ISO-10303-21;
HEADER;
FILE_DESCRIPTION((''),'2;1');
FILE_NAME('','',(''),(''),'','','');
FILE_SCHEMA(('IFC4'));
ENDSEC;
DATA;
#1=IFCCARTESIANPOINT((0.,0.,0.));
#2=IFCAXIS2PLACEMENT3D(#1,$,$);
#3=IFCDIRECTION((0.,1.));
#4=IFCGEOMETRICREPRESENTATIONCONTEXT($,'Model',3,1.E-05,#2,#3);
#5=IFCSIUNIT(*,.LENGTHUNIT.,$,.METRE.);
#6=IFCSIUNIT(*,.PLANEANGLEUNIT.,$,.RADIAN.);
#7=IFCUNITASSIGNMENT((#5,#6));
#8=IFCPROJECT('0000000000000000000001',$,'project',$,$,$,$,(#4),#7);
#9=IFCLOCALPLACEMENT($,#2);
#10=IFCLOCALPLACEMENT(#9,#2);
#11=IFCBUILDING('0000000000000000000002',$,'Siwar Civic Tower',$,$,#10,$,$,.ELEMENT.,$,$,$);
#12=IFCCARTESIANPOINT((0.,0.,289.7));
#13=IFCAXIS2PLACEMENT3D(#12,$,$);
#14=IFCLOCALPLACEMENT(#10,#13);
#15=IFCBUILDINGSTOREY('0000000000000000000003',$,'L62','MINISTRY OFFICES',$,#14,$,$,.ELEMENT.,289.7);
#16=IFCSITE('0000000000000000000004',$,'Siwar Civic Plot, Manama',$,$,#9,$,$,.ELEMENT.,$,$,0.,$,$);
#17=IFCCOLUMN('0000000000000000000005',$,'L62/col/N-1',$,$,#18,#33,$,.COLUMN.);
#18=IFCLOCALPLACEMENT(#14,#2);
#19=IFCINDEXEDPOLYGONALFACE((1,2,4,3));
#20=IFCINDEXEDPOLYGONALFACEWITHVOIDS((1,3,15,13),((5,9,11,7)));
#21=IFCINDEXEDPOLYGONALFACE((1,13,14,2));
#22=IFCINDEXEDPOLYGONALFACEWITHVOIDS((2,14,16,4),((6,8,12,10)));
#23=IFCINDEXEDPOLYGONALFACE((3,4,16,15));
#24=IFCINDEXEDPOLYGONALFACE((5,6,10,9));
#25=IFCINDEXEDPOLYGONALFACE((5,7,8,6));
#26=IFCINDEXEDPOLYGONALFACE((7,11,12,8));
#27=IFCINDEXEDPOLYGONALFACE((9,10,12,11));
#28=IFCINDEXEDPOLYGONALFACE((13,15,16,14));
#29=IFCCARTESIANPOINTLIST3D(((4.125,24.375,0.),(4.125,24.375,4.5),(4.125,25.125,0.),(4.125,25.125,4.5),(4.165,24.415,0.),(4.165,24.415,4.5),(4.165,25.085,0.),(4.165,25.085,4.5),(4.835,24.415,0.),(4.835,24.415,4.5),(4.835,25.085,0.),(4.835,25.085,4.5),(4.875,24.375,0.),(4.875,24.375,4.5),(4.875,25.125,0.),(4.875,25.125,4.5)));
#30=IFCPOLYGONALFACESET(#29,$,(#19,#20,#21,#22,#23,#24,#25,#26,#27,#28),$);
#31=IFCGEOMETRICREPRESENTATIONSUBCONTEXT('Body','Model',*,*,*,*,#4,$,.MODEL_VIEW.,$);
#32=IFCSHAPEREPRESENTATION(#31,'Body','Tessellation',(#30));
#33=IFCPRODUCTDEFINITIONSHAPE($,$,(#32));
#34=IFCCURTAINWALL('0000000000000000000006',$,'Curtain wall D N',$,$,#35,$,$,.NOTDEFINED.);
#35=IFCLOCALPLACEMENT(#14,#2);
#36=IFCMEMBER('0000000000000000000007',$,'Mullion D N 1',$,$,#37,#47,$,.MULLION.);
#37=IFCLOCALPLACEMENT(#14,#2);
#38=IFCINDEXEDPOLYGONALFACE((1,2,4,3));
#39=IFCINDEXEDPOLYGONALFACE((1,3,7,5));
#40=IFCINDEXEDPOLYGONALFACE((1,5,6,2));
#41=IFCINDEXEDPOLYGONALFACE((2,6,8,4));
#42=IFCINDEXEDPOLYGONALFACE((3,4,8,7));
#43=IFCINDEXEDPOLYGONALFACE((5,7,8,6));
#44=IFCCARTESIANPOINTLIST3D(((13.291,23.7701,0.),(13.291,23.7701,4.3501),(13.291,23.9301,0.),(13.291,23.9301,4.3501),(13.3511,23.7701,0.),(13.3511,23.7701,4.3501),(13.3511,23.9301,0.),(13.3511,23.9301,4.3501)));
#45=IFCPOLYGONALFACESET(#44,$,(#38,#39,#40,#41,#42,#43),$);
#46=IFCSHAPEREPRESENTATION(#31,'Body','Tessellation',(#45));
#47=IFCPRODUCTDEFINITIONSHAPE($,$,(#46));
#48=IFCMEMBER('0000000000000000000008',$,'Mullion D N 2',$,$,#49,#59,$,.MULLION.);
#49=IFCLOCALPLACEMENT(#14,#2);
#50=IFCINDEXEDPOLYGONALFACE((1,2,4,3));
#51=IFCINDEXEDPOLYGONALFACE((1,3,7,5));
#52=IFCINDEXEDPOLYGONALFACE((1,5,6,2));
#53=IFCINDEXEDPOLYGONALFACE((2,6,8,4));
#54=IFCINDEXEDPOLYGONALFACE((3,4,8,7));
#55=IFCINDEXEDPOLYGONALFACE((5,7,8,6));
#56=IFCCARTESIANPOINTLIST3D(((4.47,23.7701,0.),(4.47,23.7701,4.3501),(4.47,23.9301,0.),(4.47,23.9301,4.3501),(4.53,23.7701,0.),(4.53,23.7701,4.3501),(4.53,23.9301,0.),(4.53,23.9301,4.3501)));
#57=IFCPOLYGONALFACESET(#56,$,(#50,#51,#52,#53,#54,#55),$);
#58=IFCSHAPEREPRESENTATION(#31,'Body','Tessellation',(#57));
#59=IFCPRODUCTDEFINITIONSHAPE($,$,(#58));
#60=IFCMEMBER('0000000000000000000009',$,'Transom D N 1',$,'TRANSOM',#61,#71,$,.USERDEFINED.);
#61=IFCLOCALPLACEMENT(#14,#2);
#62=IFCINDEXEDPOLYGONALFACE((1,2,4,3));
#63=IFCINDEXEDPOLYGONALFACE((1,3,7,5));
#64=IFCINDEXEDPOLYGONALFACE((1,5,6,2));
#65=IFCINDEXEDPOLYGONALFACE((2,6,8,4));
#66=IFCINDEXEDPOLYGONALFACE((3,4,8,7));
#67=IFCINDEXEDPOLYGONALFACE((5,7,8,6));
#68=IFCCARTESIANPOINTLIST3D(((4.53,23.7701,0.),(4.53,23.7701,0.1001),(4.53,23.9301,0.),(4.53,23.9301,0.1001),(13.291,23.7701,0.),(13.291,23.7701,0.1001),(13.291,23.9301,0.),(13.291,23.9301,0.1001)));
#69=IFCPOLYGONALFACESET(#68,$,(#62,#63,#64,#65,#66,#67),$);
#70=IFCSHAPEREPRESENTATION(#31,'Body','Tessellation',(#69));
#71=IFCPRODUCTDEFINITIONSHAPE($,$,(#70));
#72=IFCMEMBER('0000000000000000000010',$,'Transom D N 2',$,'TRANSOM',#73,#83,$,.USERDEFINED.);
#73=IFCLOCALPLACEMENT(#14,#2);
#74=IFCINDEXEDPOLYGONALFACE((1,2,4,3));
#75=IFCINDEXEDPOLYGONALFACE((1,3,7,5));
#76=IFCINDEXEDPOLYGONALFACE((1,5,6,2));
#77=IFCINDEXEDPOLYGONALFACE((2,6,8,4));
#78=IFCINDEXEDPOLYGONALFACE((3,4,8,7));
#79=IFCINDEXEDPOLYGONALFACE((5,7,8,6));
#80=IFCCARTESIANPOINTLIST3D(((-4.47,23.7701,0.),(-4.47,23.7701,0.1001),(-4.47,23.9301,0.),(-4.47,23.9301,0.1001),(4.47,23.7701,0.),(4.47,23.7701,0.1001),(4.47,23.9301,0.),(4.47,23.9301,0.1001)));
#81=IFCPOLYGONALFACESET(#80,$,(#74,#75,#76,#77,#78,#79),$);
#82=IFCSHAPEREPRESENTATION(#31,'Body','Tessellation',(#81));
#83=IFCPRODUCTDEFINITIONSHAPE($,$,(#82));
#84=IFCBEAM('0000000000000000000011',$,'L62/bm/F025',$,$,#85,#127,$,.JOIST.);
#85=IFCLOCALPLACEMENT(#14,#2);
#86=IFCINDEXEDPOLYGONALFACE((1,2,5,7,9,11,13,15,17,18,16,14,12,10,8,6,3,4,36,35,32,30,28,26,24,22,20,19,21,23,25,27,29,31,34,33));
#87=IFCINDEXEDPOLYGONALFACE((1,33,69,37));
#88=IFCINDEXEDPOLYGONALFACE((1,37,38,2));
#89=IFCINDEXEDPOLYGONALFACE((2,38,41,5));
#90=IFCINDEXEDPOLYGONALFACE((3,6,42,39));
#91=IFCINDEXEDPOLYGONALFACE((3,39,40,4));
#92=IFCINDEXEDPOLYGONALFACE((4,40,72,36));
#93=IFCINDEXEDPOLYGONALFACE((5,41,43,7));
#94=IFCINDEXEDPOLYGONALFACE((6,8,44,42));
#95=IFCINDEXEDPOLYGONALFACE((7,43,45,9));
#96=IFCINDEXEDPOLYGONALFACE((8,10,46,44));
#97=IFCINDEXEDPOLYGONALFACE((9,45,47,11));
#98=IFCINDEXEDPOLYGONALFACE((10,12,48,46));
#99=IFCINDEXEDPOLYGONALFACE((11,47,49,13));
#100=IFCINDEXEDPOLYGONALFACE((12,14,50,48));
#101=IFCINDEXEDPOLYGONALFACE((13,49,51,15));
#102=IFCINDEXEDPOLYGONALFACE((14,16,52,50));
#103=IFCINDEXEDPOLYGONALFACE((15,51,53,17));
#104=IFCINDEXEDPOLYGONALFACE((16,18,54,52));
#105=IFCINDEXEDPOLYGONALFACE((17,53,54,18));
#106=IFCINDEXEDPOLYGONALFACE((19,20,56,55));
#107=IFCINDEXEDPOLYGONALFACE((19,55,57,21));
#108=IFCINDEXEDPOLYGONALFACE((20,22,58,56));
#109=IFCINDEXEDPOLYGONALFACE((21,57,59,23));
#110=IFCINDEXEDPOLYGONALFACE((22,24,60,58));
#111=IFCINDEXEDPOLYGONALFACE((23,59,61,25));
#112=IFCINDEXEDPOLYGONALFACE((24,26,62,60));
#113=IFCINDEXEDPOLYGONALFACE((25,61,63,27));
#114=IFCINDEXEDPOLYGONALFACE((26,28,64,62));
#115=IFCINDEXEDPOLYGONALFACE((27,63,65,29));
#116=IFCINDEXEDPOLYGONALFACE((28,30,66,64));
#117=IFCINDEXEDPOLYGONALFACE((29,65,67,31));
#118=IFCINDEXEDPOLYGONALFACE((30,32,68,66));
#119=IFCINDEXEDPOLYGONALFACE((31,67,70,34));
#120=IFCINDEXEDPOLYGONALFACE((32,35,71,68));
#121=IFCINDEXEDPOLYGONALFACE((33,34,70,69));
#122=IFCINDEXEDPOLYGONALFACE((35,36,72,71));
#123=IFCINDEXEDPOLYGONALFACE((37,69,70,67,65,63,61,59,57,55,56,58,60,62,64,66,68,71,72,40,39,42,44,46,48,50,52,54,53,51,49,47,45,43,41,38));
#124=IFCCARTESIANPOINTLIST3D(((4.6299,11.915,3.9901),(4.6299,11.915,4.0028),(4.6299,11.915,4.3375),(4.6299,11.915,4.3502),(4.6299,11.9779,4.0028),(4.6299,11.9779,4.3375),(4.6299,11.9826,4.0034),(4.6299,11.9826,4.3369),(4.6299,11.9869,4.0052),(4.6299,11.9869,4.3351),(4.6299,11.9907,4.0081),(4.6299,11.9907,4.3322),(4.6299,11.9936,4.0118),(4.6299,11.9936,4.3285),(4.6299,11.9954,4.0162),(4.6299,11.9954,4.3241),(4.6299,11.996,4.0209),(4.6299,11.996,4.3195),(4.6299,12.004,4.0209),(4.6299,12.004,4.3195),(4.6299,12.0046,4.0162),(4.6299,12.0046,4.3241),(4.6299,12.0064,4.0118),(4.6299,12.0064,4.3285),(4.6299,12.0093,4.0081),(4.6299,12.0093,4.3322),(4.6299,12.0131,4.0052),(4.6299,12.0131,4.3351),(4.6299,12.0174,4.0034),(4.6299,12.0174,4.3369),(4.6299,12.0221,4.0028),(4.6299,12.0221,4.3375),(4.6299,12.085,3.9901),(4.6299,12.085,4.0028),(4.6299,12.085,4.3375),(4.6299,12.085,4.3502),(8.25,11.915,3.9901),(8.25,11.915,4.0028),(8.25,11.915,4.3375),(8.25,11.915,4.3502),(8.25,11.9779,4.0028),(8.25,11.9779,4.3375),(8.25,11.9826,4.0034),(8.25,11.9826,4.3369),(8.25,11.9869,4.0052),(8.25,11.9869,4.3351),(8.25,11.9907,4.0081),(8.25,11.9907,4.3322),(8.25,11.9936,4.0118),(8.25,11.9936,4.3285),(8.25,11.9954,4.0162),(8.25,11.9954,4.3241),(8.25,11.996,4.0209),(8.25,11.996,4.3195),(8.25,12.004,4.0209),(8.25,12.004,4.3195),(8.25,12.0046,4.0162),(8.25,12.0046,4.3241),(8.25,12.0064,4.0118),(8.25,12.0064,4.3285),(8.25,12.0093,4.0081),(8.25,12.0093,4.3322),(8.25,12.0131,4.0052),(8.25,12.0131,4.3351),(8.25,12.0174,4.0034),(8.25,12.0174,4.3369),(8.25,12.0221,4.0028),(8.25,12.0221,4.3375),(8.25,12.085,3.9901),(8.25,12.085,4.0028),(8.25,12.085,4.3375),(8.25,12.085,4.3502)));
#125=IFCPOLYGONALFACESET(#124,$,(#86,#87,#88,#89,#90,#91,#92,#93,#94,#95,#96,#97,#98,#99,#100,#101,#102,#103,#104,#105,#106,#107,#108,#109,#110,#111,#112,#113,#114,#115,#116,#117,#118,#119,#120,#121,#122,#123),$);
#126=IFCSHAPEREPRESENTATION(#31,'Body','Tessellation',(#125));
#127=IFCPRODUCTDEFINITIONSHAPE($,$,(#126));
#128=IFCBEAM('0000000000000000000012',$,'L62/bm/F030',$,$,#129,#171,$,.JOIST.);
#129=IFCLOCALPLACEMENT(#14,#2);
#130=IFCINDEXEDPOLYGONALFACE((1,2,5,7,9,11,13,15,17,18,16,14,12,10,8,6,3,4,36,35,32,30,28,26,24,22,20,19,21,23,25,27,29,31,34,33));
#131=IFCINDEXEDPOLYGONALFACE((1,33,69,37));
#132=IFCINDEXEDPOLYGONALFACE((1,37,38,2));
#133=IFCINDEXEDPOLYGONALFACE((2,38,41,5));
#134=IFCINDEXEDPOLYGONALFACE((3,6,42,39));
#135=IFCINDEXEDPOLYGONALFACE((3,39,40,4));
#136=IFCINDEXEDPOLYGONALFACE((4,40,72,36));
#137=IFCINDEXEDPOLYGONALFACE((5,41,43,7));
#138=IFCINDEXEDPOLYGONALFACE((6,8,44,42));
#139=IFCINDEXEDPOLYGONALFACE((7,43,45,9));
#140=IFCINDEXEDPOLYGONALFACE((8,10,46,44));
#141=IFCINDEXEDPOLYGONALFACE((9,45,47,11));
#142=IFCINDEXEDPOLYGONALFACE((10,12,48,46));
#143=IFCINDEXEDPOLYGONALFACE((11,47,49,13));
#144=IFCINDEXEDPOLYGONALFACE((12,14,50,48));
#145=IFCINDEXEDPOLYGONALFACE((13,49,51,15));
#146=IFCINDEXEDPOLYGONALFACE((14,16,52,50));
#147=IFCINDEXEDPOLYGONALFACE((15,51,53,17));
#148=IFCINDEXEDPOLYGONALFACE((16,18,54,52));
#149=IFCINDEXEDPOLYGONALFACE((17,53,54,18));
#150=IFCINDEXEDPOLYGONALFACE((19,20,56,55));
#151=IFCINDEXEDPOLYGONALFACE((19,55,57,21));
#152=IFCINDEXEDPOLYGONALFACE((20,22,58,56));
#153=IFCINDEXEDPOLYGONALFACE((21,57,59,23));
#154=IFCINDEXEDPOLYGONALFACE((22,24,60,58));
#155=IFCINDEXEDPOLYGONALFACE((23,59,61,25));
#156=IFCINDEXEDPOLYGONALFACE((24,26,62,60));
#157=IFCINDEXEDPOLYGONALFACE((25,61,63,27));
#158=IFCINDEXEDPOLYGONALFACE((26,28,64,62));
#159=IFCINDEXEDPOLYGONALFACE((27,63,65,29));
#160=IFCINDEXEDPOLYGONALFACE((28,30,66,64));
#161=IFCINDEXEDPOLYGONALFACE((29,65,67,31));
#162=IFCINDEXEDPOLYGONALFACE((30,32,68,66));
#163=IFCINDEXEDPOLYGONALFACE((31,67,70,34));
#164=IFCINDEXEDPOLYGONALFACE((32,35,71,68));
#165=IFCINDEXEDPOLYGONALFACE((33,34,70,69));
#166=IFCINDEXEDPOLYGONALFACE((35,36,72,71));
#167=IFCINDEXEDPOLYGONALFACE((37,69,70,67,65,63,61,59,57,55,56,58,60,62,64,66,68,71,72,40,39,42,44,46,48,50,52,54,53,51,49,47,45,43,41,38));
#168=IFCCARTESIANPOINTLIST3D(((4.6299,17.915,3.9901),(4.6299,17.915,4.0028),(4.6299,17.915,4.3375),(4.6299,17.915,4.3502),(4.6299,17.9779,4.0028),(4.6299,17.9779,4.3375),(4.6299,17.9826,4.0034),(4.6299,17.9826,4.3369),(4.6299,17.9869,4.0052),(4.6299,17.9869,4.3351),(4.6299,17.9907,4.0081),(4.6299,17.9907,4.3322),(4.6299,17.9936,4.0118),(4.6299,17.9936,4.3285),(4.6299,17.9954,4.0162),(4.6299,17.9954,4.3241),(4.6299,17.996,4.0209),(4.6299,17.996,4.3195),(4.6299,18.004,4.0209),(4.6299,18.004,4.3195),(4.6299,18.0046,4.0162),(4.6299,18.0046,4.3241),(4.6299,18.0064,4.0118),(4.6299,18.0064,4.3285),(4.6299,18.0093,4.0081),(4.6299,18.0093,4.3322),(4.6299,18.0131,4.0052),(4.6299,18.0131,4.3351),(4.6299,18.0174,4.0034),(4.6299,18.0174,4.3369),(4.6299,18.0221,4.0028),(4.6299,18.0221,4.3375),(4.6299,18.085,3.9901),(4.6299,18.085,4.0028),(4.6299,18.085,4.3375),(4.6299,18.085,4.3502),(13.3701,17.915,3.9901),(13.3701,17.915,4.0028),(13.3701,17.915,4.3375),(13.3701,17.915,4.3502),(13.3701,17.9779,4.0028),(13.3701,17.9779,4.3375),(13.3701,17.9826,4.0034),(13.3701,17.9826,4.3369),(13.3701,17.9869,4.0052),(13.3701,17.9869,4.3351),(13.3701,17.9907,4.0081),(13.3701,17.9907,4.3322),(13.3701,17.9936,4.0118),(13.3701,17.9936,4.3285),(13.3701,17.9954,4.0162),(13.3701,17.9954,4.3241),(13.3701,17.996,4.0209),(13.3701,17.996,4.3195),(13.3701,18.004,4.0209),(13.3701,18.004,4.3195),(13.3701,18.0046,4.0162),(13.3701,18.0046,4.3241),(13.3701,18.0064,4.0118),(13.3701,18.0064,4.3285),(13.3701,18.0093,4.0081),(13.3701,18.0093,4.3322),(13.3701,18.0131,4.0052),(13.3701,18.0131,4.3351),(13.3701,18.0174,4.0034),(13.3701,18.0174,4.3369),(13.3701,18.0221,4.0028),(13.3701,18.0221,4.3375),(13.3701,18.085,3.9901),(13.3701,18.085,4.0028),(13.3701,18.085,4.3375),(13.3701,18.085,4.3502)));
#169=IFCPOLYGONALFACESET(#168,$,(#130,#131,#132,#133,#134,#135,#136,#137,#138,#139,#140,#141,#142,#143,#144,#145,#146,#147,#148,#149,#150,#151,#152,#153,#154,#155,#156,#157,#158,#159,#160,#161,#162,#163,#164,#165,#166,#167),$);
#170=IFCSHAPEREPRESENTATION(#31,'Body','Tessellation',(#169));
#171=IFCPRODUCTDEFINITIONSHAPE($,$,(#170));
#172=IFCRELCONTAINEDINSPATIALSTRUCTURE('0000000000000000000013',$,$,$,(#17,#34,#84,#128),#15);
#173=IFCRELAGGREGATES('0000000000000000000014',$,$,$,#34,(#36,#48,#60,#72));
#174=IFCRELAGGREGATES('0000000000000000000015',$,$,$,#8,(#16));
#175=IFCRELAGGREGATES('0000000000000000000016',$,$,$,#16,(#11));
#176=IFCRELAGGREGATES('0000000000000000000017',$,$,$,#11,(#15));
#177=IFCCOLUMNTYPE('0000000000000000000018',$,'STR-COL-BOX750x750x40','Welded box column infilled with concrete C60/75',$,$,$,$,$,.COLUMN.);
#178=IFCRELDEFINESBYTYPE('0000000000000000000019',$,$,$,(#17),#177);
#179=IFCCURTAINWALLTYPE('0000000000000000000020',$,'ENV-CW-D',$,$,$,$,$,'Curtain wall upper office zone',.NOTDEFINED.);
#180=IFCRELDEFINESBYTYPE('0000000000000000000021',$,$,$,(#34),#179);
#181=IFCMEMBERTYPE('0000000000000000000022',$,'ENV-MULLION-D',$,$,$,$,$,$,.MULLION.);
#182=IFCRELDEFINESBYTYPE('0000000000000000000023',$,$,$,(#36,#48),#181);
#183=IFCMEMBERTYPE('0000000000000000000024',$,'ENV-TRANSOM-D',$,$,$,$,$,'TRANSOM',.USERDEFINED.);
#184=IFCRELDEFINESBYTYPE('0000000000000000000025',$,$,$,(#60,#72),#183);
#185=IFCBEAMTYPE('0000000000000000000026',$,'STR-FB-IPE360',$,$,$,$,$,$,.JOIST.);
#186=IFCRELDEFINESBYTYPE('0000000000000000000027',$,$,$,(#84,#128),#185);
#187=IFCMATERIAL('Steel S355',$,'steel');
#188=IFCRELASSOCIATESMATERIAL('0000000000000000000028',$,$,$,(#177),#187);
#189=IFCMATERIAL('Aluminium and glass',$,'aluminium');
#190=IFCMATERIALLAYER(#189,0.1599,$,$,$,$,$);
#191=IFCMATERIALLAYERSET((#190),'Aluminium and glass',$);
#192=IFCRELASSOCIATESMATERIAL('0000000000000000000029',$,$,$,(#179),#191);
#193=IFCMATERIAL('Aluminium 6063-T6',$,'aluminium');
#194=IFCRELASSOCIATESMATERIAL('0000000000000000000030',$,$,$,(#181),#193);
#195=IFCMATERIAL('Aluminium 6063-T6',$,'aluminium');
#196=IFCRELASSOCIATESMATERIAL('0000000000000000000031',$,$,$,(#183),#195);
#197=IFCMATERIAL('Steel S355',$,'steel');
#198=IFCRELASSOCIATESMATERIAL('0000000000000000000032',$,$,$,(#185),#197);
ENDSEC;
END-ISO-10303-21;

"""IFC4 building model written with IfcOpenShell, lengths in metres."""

from ifc_helpers import new_model, si_unit, direction, frame, origin, origin_2d, place, context, subcontext, project, spatial, rectangle, hollow_rectangle, i_section, extrude, material, layer, layer_set, material_profile, profile_set, type_object, element, aggregate, save


model = new_model("IFC4")

# Units and contexts
model_context = context("Model", 3, precision=1e-05, world=origin(), true_north=direction((0.0, 1.0)))
body_context = subcontext(model_context, "Body", "Model", "MODEL_VIEW")
ifc_project = project(units=[si_unit("LENGTHUNIT", "METRE"), si_unit("PLANEANGLEUNIT", "RADIAN")], contexts=[model_context])

# Site, building, storey
site_placement = place(None, origin())
site = spatial("IfcSite", under=ifc_project, at=site_placement, Name="Siwar Civic Plot, Manama", CompositionType="ELEMENT", RefElevation=0.0)
building_placement = place(site_placement, origin())
building = spatial("IfcBuilding", under=site, at=building_placement, Name="Siwar Civic Tower", CompositionType="ELEMENT")
storey_placement = place(building_placement, frame((0.0, 0.0, 289.7)))
storey = spatial("IfcBuildingStorey", under=building, at=storey_placement, Name="L62", Description="MINISTRY OFFICES", CompositionType="ELEMENT", Elevation=289.7)

# Column
ifc_material_1 = material(Name="Steel S355", Category="steel")
ifc_material_profile_1 = material_profile(ifc_material_1, hollow_rectangle(XDim=0.75, YDim=0.75, WallThickness=0.04, at=origin_2d()), Name="BOX750x750x40")
ifc_profile_set_1 = profile_set([ifc_material_profile_1], Name="Steel S355")
column_type = type_object("IfcColumnType", Name="STR-COL-BOX750x750x40", Description="Welded box column infilled with concrete C60/75", PredefinedType="COLUMN", material=ifc_profile_set_1)
column_placement = place(storey_placement, frame((4.5, 24.75, 0.0), z_axis=(0.0, 0.0, 1.0), x_axis=(1.0, 0.0, 0.0)))
element("IfcColumn", 1, at=column_placement, inside=storey, type_object=column_type, Name="L62/col/N-1", PredefinedType="COLUMN", context=body_context, shape_type="SweptSolid", body=[
    extrude(hollow_rectangle(XDim=0.75, YDim=0.75, WallThickness=0.04, at=origin_2d()), origin(), (0.0, 0.0, 1.0), 4.5),
])

# Curtain wall, members
ifc_material_2 = material(Name="Aluminium and glass", Category="aluminium")
ifc_layer_1 = layer(ifc_material_2, 0.1599)
ifc_layer_set_1 = layer_set([ifc_layer_1], Name="Aluminium and glass")
curtain_wall_type = type_object("IfcCurtainWallType", Name="ENV-CW-D", ElementType="Curtain wall upper office zone", PredefinedType="NOTDEFINED", material=ifc_layer_set_1)
curtain_wall_placement = place(storey_placement, origin())
curtain_wall = element("IfcCurtainWall", 2, at=curtain_wall_placement, inside=storey, type_object=curtain_wall_type, Name="Curtain wall D N", PredefinedType="NOTDEFINED")
ifc_material_3 = material(Name="Aluminium 6063-T6", Category="aluminium")
ifc_material_profile_2 = material_profile(ifc_material_3, rectangle(XDim=0.1599, YDim=0.0601, at=origin_2d()), Name="AL 160x60")
ifc_profile_set_2 = profile_set([ifc_material_profile_2], Name="Aluminium 6063-T6")
member_type_1 = type_object("IfcMemberType", Name="ENV-MULLION-D", PredefinedType="MULLION", material=ifc_profile_set_2)
member_1_placement = place(storey_placement, frame((13.321, 23.8501, 0.0), z_axis=(0.0, 0.0, 1.0), x_axis=(0.0, -1.0, 0.0)))
member_1 = element("IfcMember", 3, at=member_1_placement, type_object=member_type_1, Name="Mullion D N 1", PredefinedType="MULLION", context=body_context, shape_type="SweptSolid", body=[
    extrude(rectangle(XDim=0.1599, YDim=0.0601, at=origin_2d()), origin(), (0.0, 0.0, 1.0), 4.3501),
])
member_2_placement = place(storey_placement, frame((4.5, 23.8501, 0.0), z_axis=(0.0, 0.0, 1.0), x_axis=(0.0, -1.0, 0.0)))
member_2 = element("IfcMember", 4, at=member_2_placement, type_object=member_type_1, Name="Mullion D N 2", PredefinedType="MULLION", context=body_context, shape_type="SweptSolid", body=[
    extrude(rectangle(XDim=0.1599, YDim=0.0601, at=origin_2d()), origin(), (0.0, 0.0, 1.0), 4.3501),
])
ifc_material_4 = material(Name="Aluminium 6063-T6", Category="aluminium")
ifc_material_profile_3 = material_profile(ifc_material_4, rectangle(XDim=0.1599, YDim=0.1001, at=origin_2d()), Name="AL 160x100")
ifc_profile_set_3 = profile_set([ifc_material_profile_3], Name="Aluminium 6063-T6")
member_type_2 = type_object("IfcMemberType", Name="ENV-TRANSOM-D", ElementType="TRANSOM", PredefinedType="USERDEFINED", material=ifc_profile_set_3)
member_3_placement = place(storey_placement, frame((13.291, 23.8501, 0.05), z_axis=(-1.0, 0.0, 0.0), x_axis=(0.0, -1.0, 0.0)))
member_3 = element("IfcMember", 5, at=member_3_placement, type_object=member_type_2, Name="Transom D N 1", ObjectType="TRANSOM", PredefinedType="USERDEFINED", context=body_context, shape_type="SweptSolid", body=[
    extrude(rectangle(XDim=0.1599, YDim=0.1001, at=origin_2d()), origin(), (0.0, 0.0, 1.0), 8.761),
])
member_4_placement = place(storey_placement, frame((4.47, 23.8501, 0.05), z_axis=(-1.0, 0.0, 0.0), x_axis=(0.0, -1.0, 0.0)))
member_4 = element("IfcMember", 6, at=member_4_placement, type_object=member_type_2, Name="Transom D N 2", ObjectType="TRANSOM", PredefinedType="USERDEFINED", context=body_context, shape_type="SweptSolid", body=[
    extrude(rectangle(XDim=0.1599, YDim=0.1001, at=origin_2d()), origin(), (0.0, 0.0, 1.0), 8.9399),
])

# Beams
ifc_material_5 = material(Name="Steel S355", Category="steel")
ifc_material_profile_4 = material_profile(ifc_material_5, i_section(OverallWidth=0.1699, OverallDepth=0.3601, WebThickness=0.0081, FlangeThickness=0.0127, FilletRadius=0.0181, at=origin_2d()), Name="IPE360")
ifc_profile_set_4 = profile_set([ifc_material_profile_4], Name="Steel S355")
beam_type_1 = type_object("IfcBeamType", Name="STR-FB-IPE360", PredefinedType="JOIST", material=ifc_profile_set_4)
beam_1_placement = place(storey_placement, frame((4.6299, 12.0, 4.1702), z_axis=(1.0, 0.0, 0.0), x_axis=(0.0, 1.0, 0.0)))
element("IfcBeam", 7, at=beam_1_placement, inside=storey, type_object=beam_type_1, Name="L62/bm/F025", PredefinedType="JOIST", context=body_context, shape_type="SweptSolid", body=[
    extrude(i_section(OverallWidth=0.1699, OverallDepth=0.3601, WebThickness=0.0081, FlangeThickness=0.0127, FilletRadius=0.0181, at=origin_2d()), origin(), (0.0, 0.0, 1.0), 3.6201),
])
for number, where, z_axis, x_axis, name in (
    (8, (4.6299, 18.0, 4.1702), (1.0, 0.0, 0.0), (0.0, 1.0, 0.0), "L62/bm/F030"),
):
    element("IfcBeam", number, at=place(storey_placement, frame(where, z_axis=z_axis, x_axis=x_axis)), inside=storey, type_object=beam_type_1, Name=name, PredefinedType="JOIST", context=body_context, shape_type="SweptSolid", body=[
        extrude(i_section(OverallWidth=0.1699, OverallDepth=0.3601, WebThickness=0.0081, FlangeThickness=0.0127, FilletRadius=0.0181, at=origin_2d()), origin(), (0.0, 0.0, 1.0), 8.7402),
    ])

aggregate(curtain_wall, [member_1, member_2, member_3, member_4])

save(model, "model.ifc")
